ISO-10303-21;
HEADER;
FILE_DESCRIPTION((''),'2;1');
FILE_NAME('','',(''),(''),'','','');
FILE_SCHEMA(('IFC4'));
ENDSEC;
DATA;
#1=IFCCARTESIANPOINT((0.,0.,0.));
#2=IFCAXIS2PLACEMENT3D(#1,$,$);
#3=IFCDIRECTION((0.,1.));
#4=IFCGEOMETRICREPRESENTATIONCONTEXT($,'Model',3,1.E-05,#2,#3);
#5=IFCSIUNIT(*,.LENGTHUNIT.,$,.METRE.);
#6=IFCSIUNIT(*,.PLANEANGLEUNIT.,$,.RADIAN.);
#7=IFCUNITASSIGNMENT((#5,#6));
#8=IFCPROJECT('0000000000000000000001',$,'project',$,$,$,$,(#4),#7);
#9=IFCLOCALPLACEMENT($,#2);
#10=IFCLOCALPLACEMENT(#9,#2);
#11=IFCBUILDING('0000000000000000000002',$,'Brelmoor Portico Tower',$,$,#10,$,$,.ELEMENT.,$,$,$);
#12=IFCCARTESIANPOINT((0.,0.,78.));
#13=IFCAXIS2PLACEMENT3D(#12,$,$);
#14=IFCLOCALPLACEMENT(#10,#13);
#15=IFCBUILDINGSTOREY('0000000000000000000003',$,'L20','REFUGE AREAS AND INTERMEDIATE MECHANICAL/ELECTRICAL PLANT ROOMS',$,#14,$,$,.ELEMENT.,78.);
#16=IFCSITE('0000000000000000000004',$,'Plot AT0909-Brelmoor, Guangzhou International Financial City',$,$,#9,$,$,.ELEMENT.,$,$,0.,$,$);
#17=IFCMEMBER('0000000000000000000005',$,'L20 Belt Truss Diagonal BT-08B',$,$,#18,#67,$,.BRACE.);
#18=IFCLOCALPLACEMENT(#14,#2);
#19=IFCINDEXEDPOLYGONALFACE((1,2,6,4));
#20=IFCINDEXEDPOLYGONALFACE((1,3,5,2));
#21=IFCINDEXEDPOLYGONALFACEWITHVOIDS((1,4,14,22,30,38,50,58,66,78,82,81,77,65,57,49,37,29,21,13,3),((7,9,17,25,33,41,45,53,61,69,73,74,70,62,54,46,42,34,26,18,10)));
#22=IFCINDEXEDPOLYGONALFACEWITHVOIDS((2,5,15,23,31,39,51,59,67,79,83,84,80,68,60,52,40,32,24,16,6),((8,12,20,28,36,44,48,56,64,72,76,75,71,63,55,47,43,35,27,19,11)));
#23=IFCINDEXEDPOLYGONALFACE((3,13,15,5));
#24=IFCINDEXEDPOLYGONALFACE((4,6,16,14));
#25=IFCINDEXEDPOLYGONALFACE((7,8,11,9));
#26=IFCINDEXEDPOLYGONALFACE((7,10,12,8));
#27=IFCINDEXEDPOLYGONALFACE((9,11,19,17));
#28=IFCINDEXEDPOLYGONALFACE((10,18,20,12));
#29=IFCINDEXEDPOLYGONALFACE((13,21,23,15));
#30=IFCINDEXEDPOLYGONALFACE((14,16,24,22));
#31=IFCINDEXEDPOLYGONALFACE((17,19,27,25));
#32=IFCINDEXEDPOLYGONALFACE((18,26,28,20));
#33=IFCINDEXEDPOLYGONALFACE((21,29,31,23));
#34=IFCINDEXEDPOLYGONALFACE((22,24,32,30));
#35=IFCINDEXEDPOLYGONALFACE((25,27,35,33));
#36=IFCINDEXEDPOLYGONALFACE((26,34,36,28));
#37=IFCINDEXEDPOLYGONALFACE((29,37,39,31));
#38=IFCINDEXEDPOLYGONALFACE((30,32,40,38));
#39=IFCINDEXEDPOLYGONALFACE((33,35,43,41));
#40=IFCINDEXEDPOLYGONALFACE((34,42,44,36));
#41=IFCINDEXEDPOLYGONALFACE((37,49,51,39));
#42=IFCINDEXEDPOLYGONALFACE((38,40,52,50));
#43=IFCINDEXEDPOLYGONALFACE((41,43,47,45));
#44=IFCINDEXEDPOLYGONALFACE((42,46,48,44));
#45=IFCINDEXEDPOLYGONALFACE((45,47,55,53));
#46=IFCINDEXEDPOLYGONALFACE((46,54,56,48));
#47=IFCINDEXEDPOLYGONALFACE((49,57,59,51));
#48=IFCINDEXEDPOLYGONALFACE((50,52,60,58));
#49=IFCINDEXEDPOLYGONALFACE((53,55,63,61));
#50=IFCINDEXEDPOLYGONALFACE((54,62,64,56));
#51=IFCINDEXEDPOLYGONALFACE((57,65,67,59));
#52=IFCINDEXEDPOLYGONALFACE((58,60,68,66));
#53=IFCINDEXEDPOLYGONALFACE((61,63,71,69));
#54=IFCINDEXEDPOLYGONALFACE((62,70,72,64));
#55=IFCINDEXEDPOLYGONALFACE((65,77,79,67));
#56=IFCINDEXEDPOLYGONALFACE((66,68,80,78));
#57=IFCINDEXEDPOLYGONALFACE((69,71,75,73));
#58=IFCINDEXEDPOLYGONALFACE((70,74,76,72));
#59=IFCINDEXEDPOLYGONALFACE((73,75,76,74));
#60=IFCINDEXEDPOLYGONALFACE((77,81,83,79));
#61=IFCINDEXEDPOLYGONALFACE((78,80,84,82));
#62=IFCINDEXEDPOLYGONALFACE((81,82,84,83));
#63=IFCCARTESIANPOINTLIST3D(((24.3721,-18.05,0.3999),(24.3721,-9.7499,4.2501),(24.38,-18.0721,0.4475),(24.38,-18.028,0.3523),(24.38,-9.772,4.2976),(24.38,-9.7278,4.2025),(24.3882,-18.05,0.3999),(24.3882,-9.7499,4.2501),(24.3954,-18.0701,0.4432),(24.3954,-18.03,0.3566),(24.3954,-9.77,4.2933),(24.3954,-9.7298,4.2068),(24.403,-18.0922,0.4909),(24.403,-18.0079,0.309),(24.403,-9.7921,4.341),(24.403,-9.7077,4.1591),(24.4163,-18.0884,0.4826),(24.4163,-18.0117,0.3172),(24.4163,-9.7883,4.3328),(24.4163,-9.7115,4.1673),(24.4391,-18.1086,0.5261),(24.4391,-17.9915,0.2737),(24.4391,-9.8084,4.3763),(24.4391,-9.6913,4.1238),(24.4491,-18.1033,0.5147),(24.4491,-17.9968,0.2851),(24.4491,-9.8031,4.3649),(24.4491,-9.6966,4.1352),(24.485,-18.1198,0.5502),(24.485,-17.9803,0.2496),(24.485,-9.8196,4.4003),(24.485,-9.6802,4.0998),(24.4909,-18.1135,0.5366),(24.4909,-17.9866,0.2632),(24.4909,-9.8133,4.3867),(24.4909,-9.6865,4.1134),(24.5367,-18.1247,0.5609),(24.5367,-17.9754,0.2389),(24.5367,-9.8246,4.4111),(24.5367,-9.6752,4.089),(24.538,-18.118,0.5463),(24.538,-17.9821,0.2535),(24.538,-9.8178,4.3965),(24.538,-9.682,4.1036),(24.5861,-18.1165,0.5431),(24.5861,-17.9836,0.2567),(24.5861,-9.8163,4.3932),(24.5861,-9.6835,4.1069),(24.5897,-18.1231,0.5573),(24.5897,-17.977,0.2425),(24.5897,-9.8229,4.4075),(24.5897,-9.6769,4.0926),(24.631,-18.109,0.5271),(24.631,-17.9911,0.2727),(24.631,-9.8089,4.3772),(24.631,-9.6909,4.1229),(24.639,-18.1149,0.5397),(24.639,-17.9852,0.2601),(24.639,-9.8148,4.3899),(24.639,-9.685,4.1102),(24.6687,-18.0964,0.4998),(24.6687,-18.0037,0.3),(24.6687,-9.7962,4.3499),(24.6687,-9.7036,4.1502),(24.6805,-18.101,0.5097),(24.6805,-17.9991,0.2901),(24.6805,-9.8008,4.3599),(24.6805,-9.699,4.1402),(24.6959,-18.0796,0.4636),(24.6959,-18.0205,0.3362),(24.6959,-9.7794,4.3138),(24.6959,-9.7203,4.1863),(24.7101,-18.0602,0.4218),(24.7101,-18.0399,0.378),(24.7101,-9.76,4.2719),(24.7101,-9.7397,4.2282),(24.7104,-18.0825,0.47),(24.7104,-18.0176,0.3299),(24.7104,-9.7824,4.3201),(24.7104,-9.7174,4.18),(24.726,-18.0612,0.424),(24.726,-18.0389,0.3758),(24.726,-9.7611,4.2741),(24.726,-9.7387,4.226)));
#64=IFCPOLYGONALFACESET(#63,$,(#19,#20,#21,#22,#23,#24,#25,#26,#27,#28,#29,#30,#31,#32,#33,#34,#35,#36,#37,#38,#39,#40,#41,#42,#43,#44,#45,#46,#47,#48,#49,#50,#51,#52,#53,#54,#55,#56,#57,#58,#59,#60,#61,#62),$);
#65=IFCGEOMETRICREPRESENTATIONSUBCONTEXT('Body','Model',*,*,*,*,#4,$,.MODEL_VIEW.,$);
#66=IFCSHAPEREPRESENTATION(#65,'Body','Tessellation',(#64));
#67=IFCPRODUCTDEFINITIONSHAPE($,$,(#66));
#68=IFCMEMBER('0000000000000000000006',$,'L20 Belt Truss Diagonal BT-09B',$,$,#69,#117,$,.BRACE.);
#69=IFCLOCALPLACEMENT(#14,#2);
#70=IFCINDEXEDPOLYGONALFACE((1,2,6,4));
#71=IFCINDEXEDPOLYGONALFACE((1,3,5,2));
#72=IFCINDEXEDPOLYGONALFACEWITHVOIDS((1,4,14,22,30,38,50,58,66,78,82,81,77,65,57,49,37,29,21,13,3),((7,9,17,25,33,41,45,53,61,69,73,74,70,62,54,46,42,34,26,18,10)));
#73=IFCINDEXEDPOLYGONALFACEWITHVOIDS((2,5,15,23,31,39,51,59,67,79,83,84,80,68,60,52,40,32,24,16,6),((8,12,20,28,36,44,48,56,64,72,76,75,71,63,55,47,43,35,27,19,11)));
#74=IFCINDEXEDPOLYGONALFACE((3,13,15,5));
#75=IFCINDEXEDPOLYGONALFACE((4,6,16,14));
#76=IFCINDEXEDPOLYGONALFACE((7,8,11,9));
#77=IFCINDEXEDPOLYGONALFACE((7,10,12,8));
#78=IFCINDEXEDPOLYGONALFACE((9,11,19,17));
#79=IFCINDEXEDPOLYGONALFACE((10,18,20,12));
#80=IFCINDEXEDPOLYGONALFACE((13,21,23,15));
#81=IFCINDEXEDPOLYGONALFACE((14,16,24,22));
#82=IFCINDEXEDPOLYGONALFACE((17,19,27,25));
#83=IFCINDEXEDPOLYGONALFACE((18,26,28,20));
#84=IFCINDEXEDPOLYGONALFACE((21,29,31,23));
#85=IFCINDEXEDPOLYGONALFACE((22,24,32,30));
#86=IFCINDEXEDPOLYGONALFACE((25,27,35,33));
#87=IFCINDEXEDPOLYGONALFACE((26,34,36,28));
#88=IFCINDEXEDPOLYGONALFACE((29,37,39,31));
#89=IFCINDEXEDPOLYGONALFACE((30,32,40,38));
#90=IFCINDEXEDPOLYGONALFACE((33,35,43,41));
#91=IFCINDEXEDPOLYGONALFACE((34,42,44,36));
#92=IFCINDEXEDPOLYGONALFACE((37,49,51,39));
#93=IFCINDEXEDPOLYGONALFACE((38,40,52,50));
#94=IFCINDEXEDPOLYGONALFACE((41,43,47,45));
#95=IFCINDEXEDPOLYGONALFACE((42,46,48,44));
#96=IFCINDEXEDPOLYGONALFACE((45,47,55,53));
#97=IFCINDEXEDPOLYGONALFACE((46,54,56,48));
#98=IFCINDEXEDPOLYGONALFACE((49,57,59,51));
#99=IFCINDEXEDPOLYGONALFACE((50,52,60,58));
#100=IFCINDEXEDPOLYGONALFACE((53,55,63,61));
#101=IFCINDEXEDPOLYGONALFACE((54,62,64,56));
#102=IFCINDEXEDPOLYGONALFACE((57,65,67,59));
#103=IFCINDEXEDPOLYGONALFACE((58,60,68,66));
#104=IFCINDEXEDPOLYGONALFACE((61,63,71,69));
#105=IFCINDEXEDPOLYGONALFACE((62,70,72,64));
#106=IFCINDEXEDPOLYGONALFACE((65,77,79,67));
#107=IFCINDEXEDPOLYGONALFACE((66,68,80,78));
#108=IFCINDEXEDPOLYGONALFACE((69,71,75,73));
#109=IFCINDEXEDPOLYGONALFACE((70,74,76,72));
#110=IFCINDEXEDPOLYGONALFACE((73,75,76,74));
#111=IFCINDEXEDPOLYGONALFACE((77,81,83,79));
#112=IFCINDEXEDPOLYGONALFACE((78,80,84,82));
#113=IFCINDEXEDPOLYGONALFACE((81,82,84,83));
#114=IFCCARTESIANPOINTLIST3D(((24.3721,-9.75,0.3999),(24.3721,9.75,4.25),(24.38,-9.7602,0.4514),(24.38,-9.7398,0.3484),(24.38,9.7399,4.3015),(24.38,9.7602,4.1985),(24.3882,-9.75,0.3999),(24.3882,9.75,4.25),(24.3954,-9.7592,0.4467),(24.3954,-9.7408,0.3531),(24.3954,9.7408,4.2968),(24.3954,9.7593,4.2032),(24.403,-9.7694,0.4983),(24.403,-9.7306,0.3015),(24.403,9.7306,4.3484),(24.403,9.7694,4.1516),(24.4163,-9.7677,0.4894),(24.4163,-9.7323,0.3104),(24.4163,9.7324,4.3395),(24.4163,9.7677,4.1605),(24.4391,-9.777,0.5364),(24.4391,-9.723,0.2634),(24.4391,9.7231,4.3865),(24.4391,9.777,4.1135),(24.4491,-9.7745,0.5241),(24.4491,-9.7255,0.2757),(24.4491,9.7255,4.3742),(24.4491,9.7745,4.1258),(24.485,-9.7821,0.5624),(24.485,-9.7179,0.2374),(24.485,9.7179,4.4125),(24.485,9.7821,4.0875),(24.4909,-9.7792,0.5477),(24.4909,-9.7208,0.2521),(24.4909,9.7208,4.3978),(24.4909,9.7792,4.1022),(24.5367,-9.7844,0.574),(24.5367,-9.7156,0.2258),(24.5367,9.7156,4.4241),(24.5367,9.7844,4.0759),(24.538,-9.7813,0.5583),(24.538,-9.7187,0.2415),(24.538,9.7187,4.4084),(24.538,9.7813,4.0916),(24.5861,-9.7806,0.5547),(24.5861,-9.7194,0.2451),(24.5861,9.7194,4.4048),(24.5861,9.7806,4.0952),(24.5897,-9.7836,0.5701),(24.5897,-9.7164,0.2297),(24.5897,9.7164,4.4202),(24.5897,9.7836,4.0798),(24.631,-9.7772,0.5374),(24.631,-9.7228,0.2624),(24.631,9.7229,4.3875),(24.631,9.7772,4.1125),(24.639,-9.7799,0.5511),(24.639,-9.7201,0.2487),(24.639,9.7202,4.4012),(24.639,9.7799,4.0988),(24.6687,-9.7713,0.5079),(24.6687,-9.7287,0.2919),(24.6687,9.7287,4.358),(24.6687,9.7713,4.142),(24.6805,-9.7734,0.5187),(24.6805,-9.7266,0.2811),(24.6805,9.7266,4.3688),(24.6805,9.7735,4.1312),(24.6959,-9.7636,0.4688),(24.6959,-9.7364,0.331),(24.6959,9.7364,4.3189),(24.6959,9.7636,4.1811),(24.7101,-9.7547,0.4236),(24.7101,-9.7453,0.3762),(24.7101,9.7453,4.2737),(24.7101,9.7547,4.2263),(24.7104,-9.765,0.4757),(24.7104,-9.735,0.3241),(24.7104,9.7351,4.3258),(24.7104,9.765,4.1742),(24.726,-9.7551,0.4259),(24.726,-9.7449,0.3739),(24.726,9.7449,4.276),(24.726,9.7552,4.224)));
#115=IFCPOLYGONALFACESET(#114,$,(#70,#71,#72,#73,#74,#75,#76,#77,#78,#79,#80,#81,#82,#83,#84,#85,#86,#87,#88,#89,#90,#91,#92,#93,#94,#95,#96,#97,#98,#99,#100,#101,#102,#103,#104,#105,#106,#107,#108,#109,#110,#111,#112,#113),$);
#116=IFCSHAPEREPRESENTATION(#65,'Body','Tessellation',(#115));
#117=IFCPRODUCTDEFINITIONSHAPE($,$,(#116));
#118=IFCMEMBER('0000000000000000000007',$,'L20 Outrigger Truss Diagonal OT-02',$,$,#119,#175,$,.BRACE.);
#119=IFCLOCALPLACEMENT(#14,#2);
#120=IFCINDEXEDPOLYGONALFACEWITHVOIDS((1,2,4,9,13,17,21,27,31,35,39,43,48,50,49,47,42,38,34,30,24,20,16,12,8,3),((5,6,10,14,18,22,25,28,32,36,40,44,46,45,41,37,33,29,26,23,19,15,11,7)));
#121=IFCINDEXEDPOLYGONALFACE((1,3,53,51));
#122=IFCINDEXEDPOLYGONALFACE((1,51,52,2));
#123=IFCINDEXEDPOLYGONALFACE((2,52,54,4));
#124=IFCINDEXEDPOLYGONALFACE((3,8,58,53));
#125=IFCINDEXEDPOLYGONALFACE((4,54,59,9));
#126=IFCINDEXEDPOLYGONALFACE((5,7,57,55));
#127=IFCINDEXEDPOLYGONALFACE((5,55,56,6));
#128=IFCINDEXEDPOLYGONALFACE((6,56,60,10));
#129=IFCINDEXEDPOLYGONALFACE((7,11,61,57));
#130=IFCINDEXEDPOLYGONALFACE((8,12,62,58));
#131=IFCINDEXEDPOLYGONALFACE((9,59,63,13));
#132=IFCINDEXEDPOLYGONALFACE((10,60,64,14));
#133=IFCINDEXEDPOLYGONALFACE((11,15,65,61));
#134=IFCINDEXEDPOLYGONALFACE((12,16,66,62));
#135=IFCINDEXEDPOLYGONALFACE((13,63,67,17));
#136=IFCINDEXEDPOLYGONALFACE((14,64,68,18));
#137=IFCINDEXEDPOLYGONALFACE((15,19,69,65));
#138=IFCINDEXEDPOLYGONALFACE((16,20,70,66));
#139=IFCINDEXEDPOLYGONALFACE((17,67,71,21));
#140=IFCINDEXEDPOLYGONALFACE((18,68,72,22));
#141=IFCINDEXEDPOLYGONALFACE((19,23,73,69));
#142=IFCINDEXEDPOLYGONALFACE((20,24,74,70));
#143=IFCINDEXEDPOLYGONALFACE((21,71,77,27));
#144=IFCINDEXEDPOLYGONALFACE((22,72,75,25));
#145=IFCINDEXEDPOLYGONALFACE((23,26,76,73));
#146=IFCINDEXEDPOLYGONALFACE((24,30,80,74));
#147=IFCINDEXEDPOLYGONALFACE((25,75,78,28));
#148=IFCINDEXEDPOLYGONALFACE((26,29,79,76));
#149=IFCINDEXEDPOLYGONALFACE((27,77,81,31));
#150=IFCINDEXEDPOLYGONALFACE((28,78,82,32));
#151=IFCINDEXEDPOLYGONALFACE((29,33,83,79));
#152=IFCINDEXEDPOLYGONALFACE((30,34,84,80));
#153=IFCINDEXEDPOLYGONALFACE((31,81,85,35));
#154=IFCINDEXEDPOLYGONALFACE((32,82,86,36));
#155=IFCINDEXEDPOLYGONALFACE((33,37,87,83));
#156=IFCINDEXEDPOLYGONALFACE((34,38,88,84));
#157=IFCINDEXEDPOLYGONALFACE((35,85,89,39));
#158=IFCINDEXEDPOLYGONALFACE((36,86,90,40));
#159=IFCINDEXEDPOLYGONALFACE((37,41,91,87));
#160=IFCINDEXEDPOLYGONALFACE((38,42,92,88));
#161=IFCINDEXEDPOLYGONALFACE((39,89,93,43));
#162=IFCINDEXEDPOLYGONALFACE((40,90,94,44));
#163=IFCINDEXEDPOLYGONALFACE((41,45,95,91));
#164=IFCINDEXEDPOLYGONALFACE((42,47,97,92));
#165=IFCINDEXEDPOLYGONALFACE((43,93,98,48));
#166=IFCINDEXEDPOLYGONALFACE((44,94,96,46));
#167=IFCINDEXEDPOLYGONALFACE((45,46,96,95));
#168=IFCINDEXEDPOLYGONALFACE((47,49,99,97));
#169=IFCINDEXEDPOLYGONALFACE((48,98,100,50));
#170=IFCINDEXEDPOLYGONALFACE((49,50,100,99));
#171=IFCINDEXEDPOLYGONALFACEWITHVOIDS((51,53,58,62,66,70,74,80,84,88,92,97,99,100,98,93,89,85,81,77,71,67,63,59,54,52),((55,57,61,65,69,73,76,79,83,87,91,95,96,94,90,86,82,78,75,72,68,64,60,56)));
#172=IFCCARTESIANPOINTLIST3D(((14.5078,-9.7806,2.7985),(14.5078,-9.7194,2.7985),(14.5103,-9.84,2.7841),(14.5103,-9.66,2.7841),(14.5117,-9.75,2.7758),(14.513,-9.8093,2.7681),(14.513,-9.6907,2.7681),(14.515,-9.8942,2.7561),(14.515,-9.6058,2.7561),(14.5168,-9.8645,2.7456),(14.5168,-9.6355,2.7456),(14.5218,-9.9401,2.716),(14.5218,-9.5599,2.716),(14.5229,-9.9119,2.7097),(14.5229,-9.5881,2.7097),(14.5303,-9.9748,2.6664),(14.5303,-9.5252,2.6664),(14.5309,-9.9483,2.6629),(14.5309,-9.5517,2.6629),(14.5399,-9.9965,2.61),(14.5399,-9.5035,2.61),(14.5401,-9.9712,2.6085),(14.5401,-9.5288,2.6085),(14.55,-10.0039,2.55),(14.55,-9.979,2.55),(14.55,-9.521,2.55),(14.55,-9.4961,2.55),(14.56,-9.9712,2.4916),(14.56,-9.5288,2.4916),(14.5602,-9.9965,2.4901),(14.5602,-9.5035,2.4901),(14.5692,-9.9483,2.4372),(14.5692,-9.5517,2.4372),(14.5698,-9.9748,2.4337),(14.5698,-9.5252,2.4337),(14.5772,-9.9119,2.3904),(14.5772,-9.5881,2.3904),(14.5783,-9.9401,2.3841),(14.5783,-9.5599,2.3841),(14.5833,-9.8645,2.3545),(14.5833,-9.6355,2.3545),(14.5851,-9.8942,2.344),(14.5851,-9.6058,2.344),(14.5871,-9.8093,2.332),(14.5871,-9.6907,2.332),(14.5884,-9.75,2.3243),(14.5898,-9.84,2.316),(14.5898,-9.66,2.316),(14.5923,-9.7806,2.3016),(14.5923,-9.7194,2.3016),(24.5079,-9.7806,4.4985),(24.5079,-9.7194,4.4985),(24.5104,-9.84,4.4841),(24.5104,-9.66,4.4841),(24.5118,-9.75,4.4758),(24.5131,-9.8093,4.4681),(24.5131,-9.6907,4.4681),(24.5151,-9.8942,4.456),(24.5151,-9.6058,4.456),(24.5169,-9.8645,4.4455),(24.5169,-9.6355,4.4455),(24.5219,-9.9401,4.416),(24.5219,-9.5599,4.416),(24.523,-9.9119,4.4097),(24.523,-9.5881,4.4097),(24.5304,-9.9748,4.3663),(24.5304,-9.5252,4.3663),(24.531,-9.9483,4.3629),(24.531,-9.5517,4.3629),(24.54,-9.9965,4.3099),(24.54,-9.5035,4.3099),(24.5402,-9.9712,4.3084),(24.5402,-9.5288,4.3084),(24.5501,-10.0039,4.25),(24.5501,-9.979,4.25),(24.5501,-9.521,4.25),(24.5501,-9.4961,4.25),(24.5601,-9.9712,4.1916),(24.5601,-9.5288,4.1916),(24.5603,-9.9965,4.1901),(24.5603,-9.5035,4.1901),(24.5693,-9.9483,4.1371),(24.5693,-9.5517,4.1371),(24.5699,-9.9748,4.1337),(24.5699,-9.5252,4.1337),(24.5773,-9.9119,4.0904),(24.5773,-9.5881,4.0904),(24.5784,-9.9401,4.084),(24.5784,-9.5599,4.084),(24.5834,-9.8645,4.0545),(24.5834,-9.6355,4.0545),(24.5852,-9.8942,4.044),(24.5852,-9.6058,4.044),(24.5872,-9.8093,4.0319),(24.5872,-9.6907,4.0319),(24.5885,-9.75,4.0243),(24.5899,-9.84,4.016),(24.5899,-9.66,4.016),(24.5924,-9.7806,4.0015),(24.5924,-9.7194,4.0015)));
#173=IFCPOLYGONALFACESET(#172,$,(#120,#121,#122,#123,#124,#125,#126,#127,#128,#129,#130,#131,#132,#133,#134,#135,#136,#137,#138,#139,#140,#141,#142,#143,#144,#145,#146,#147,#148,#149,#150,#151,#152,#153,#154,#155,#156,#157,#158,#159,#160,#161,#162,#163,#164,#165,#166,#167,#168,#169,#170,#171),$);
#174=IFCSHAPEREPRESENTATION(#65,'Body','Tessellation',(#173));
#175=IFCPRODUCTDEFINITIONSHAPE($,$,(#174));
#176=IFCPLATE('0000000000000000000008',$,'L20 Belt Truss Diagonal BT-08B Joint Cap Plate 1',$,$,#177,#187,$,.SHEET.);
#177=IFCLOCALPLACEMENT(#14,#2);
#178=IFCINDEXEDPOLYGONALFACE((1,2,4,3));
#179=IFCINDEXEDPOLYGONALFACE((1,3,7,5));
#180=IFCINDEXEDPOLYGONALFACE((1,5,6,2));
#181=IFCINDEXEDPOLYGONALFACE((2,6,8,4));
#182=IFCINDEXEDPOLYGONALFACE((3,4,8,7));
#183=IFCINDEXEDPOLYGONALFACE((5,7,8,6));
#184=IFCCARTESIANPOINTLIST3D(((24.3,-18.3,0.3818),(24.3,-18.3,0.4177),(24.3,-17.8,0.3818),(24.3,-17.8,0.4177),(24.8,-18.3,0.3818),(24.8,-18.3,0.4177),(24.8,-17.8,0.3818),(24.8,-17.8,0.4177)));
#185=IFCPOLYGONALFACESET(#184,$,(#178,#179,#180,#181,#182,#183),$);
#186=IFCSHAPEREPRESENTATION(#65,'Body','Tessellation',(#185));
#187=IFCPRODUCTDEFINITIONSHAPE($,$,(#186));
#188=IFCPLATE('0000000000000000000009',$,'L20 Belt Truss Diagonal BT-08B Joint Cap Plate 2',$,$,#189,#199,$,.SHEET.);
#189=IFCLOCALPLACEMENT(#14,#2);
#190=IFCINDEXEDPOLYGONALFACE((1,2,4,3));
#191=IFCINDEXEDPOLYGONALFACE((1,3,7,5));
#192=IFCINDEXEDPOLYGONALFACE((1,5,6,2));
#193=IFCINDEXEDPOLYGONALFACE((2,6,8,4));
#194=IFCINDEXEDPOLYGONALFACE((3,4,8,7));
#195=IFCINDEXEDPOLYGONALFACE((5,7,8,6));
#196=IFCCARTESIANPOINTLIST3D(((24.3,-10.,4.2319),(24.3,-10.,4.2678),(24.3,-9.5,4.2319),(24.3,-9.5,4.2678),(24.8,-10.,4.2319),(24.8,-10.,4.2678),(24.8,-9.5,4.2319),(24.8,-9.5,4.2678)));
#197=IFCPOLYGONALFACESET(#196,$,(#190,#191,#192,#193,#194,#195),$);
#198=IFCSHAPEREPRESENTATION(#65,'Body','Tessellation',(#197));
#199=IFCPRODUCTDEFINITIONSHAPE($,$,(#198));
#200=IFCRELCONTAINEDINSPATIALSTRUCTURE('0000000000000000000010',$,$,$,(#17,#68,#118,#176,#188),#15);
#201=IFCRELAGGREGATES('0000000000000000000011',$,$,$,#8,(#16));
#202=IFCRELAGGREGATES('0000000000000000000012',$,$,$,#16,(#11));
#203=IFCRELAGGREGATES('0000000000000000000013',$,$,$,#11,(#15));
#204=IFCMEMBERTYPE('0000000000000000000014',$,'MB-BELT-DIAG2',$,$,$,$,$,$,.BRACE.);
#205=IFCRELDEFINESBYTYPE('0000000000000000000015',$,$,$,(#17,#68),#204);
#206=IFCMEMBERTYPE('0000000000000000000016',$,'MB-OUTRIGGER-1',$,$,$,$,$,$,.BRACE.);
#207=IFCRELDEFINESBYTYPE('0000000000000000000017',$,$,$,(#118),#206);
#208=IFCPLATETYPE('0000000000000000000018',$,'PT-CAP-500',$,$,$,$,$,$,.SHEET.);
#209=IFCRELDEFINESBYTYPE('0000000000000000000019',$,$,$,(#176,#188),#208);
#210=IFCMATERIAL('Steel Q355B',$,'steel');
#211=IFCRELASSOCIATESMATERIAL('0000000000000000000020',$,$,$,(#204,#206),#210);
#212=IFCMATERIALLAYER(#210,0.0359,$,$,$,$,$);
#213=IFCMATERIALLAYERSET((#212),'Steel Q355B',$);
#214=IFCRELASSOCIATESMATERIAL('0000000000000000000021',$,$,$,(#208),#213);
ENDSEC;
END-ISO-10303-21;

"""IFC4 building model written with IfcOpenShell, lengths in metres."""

from ifc_helpers import new_model, si_unit, direction, frame, origin, origin_2d, place, context, subcontext, project, spatial, rectangle, hollow_circle, extrude, material, layer, layer_set, material_profile, profile_set, type_object, element, save


model = new_model("IFC4")

# Units and contexts
model_context = context("Model", 3, precision=1e-05, world=origin(), true_north=direction((0.0, 1.0)))
body_context = subcontext(model_context, "Body", "Model", "MODEL_VIEW")
ifc_project = project(units=[si_unit("LENGTHUNIT", "METRE"), si_unit("PLANEANGLEUNIT", "RADIAN")], contexts=[model_context])

# Site, building, storey
site_placement = place(None, origin())
site = spatial("IfcSite", under=ifc_project, at=site_placement, Name="Plot AT0909-Brelmoor, Guangzhou International Financial City", CompositionType="ELEMENT", RefElevation=0.0)
building_placement = place(site_placement, origin())
building = spatial("IfcBuilding", under=site, at=building_placement, Name="Brelmoor Portico Tower", CompositionType="ELEMENT")
storey_placement = place(building_placement, frame((0.0, 0.0, 78.0)))
storey = spatial("IfcBuildingStorey", under=building, at=storey_placement, Name="L20", Description="REFUGE AREAS AND INTERMEDIATE MECHANICAL/ELECTRICAL PLANT ROOMS", CompositionType="ELEMENT", Elevation=78.0)

# Shared definitions
ifc_material_1 = material(Name="Steel Q355B", Category="steel")

# Members
ifc_material_profile_1 = material_profile(ifc_material_1, hollow_circle(Radius=0.178, WallThickness=0.0161, at=origin_2d()), Name="CHS 356x16")
ifc_profile_set_1 = profile_set([ifc_material_profile_1], Name="Steel Q355B")
member_type_1 = type_object("IfcMemberType", Name="MB-BELT-DIAG2", PredefinedType="BRACE", material=ifc_profile_set_1)
member_1_placement = place(storey_placement, frame((24.55, -18.05, 0.3999), z_axis=(0.0, 0.907155, 0.420797), x_axis=(-1.0, 0.0, 0.0)))
element("IfcMember", 1, at=member_1_placement, inside=storey, type_object=member_type_1, Name="L20 Belt Truss Diagonal BT-08B", PredefinedType="BRACE", context=body_context, shape_type="SweptSolid", body=[
    extrude(hollow_circle(Radius=0.178, WallThickness=0.0161, at=origin_2d()), origin(), (0.0, 0.0, 1.0), 9.1497),
])
member_2_placement = place(storey_placement, frame((24.55, -9.75, 0.3999), z_axis=(0.0, 0.981061, 0.193701), x_axis=(-1.0, 0.0, 0.0)))
element("IfcMember", 2, at=member_2_placement, inside=storey, type_object=member_type_1, Name="L20 Belt Truss Diagonal BT-09B", PredefinedType="BRACE", context=body_context, shape_type="SweptSolid", body=[
    extrude(hollow_circle(Radius=0.178, WallThickness=0.0161, at=origin_2d()), origin(), (0.0, 0.0, 1.0), 19.8765),
])
ifc_material_profile_2 = material_profile(ifc_material_1, hollow_circle(Radius=0.2539, WallThickness=0.0249, at=origin_2d()), Name="CHS 508x25")
ifc_profile_set_2 = profile_set([ifc_material_profile_2], Name="Steel Q355B")
member_type_2 = type_object("IfcMemberType", Name="MB-OUTRIGGER-1", PredefinedType="BRACE", material=ifc_profile_set_2)
member_3_placement = place(storey_placement, frame((14.55, -9.75, 2.55), z_axis=(0.985857, 0.0, 0.167591), x_axis=(0.0, 1.0, 0.0)))
element("IfcMember", 3, at=member_3_placement, inside=storey, type_object=member_type_2, Name="L20 Outrigger Truss Diagonal OT-02", PredefinedType="BRACE", context=body_context, shape_type="SweptSolid", body=[
    extrude(hollow_circle(Radius=0.2539, WallThickness=0.0249, at=origin_2d()), origin(), (0.0, 0.0, 1.0), 10.1436),
])

# Plates
ifc_layer_1 = layer(ifc_material_1, 0.0359)
ifc_layer_set_1 = layer_set([ifc_layer_1], Name="Steel Q355B")
plate_type_1 = type_object("IfcPlateType", Name="PT-CAP-500", PredefinedType="SHEET", material=ifc_layer_set_1)
for number, where, z_axis, x_axis, name in (
    (4, (24.55, -18.05, 0.3818), (0.0, 0.0, 1.0), (1.0, 0.0, 0.0), "L20 Belt Truss Diagonal BT-08B Joint Cap Plate 1"),
    (5, (24.55, -9.75, 4.2319), (0.0, 0.0, 1.0), (1.0, 0.0, 0.0), "L20 Belt Truss Diagonal BT-08B Joint Cap Plate 2"),
):
    element("IfcPlate", number, at=place(storey_placement, frame(where, z_axis=z_axis, x_axis=x_axis)), inside=storey, type_object=plate_type_1, Name=name, PredefinedType="SHEET", context=body_context, shape_type="SweptSolid", body=[
        extrude(rectangle(XDim=0.5, YDim=0.5, at=origin_2d()), origin(), (0.0, 0.0, 1.0), 0.0359),
    ])

save(model, "model.ifc")
